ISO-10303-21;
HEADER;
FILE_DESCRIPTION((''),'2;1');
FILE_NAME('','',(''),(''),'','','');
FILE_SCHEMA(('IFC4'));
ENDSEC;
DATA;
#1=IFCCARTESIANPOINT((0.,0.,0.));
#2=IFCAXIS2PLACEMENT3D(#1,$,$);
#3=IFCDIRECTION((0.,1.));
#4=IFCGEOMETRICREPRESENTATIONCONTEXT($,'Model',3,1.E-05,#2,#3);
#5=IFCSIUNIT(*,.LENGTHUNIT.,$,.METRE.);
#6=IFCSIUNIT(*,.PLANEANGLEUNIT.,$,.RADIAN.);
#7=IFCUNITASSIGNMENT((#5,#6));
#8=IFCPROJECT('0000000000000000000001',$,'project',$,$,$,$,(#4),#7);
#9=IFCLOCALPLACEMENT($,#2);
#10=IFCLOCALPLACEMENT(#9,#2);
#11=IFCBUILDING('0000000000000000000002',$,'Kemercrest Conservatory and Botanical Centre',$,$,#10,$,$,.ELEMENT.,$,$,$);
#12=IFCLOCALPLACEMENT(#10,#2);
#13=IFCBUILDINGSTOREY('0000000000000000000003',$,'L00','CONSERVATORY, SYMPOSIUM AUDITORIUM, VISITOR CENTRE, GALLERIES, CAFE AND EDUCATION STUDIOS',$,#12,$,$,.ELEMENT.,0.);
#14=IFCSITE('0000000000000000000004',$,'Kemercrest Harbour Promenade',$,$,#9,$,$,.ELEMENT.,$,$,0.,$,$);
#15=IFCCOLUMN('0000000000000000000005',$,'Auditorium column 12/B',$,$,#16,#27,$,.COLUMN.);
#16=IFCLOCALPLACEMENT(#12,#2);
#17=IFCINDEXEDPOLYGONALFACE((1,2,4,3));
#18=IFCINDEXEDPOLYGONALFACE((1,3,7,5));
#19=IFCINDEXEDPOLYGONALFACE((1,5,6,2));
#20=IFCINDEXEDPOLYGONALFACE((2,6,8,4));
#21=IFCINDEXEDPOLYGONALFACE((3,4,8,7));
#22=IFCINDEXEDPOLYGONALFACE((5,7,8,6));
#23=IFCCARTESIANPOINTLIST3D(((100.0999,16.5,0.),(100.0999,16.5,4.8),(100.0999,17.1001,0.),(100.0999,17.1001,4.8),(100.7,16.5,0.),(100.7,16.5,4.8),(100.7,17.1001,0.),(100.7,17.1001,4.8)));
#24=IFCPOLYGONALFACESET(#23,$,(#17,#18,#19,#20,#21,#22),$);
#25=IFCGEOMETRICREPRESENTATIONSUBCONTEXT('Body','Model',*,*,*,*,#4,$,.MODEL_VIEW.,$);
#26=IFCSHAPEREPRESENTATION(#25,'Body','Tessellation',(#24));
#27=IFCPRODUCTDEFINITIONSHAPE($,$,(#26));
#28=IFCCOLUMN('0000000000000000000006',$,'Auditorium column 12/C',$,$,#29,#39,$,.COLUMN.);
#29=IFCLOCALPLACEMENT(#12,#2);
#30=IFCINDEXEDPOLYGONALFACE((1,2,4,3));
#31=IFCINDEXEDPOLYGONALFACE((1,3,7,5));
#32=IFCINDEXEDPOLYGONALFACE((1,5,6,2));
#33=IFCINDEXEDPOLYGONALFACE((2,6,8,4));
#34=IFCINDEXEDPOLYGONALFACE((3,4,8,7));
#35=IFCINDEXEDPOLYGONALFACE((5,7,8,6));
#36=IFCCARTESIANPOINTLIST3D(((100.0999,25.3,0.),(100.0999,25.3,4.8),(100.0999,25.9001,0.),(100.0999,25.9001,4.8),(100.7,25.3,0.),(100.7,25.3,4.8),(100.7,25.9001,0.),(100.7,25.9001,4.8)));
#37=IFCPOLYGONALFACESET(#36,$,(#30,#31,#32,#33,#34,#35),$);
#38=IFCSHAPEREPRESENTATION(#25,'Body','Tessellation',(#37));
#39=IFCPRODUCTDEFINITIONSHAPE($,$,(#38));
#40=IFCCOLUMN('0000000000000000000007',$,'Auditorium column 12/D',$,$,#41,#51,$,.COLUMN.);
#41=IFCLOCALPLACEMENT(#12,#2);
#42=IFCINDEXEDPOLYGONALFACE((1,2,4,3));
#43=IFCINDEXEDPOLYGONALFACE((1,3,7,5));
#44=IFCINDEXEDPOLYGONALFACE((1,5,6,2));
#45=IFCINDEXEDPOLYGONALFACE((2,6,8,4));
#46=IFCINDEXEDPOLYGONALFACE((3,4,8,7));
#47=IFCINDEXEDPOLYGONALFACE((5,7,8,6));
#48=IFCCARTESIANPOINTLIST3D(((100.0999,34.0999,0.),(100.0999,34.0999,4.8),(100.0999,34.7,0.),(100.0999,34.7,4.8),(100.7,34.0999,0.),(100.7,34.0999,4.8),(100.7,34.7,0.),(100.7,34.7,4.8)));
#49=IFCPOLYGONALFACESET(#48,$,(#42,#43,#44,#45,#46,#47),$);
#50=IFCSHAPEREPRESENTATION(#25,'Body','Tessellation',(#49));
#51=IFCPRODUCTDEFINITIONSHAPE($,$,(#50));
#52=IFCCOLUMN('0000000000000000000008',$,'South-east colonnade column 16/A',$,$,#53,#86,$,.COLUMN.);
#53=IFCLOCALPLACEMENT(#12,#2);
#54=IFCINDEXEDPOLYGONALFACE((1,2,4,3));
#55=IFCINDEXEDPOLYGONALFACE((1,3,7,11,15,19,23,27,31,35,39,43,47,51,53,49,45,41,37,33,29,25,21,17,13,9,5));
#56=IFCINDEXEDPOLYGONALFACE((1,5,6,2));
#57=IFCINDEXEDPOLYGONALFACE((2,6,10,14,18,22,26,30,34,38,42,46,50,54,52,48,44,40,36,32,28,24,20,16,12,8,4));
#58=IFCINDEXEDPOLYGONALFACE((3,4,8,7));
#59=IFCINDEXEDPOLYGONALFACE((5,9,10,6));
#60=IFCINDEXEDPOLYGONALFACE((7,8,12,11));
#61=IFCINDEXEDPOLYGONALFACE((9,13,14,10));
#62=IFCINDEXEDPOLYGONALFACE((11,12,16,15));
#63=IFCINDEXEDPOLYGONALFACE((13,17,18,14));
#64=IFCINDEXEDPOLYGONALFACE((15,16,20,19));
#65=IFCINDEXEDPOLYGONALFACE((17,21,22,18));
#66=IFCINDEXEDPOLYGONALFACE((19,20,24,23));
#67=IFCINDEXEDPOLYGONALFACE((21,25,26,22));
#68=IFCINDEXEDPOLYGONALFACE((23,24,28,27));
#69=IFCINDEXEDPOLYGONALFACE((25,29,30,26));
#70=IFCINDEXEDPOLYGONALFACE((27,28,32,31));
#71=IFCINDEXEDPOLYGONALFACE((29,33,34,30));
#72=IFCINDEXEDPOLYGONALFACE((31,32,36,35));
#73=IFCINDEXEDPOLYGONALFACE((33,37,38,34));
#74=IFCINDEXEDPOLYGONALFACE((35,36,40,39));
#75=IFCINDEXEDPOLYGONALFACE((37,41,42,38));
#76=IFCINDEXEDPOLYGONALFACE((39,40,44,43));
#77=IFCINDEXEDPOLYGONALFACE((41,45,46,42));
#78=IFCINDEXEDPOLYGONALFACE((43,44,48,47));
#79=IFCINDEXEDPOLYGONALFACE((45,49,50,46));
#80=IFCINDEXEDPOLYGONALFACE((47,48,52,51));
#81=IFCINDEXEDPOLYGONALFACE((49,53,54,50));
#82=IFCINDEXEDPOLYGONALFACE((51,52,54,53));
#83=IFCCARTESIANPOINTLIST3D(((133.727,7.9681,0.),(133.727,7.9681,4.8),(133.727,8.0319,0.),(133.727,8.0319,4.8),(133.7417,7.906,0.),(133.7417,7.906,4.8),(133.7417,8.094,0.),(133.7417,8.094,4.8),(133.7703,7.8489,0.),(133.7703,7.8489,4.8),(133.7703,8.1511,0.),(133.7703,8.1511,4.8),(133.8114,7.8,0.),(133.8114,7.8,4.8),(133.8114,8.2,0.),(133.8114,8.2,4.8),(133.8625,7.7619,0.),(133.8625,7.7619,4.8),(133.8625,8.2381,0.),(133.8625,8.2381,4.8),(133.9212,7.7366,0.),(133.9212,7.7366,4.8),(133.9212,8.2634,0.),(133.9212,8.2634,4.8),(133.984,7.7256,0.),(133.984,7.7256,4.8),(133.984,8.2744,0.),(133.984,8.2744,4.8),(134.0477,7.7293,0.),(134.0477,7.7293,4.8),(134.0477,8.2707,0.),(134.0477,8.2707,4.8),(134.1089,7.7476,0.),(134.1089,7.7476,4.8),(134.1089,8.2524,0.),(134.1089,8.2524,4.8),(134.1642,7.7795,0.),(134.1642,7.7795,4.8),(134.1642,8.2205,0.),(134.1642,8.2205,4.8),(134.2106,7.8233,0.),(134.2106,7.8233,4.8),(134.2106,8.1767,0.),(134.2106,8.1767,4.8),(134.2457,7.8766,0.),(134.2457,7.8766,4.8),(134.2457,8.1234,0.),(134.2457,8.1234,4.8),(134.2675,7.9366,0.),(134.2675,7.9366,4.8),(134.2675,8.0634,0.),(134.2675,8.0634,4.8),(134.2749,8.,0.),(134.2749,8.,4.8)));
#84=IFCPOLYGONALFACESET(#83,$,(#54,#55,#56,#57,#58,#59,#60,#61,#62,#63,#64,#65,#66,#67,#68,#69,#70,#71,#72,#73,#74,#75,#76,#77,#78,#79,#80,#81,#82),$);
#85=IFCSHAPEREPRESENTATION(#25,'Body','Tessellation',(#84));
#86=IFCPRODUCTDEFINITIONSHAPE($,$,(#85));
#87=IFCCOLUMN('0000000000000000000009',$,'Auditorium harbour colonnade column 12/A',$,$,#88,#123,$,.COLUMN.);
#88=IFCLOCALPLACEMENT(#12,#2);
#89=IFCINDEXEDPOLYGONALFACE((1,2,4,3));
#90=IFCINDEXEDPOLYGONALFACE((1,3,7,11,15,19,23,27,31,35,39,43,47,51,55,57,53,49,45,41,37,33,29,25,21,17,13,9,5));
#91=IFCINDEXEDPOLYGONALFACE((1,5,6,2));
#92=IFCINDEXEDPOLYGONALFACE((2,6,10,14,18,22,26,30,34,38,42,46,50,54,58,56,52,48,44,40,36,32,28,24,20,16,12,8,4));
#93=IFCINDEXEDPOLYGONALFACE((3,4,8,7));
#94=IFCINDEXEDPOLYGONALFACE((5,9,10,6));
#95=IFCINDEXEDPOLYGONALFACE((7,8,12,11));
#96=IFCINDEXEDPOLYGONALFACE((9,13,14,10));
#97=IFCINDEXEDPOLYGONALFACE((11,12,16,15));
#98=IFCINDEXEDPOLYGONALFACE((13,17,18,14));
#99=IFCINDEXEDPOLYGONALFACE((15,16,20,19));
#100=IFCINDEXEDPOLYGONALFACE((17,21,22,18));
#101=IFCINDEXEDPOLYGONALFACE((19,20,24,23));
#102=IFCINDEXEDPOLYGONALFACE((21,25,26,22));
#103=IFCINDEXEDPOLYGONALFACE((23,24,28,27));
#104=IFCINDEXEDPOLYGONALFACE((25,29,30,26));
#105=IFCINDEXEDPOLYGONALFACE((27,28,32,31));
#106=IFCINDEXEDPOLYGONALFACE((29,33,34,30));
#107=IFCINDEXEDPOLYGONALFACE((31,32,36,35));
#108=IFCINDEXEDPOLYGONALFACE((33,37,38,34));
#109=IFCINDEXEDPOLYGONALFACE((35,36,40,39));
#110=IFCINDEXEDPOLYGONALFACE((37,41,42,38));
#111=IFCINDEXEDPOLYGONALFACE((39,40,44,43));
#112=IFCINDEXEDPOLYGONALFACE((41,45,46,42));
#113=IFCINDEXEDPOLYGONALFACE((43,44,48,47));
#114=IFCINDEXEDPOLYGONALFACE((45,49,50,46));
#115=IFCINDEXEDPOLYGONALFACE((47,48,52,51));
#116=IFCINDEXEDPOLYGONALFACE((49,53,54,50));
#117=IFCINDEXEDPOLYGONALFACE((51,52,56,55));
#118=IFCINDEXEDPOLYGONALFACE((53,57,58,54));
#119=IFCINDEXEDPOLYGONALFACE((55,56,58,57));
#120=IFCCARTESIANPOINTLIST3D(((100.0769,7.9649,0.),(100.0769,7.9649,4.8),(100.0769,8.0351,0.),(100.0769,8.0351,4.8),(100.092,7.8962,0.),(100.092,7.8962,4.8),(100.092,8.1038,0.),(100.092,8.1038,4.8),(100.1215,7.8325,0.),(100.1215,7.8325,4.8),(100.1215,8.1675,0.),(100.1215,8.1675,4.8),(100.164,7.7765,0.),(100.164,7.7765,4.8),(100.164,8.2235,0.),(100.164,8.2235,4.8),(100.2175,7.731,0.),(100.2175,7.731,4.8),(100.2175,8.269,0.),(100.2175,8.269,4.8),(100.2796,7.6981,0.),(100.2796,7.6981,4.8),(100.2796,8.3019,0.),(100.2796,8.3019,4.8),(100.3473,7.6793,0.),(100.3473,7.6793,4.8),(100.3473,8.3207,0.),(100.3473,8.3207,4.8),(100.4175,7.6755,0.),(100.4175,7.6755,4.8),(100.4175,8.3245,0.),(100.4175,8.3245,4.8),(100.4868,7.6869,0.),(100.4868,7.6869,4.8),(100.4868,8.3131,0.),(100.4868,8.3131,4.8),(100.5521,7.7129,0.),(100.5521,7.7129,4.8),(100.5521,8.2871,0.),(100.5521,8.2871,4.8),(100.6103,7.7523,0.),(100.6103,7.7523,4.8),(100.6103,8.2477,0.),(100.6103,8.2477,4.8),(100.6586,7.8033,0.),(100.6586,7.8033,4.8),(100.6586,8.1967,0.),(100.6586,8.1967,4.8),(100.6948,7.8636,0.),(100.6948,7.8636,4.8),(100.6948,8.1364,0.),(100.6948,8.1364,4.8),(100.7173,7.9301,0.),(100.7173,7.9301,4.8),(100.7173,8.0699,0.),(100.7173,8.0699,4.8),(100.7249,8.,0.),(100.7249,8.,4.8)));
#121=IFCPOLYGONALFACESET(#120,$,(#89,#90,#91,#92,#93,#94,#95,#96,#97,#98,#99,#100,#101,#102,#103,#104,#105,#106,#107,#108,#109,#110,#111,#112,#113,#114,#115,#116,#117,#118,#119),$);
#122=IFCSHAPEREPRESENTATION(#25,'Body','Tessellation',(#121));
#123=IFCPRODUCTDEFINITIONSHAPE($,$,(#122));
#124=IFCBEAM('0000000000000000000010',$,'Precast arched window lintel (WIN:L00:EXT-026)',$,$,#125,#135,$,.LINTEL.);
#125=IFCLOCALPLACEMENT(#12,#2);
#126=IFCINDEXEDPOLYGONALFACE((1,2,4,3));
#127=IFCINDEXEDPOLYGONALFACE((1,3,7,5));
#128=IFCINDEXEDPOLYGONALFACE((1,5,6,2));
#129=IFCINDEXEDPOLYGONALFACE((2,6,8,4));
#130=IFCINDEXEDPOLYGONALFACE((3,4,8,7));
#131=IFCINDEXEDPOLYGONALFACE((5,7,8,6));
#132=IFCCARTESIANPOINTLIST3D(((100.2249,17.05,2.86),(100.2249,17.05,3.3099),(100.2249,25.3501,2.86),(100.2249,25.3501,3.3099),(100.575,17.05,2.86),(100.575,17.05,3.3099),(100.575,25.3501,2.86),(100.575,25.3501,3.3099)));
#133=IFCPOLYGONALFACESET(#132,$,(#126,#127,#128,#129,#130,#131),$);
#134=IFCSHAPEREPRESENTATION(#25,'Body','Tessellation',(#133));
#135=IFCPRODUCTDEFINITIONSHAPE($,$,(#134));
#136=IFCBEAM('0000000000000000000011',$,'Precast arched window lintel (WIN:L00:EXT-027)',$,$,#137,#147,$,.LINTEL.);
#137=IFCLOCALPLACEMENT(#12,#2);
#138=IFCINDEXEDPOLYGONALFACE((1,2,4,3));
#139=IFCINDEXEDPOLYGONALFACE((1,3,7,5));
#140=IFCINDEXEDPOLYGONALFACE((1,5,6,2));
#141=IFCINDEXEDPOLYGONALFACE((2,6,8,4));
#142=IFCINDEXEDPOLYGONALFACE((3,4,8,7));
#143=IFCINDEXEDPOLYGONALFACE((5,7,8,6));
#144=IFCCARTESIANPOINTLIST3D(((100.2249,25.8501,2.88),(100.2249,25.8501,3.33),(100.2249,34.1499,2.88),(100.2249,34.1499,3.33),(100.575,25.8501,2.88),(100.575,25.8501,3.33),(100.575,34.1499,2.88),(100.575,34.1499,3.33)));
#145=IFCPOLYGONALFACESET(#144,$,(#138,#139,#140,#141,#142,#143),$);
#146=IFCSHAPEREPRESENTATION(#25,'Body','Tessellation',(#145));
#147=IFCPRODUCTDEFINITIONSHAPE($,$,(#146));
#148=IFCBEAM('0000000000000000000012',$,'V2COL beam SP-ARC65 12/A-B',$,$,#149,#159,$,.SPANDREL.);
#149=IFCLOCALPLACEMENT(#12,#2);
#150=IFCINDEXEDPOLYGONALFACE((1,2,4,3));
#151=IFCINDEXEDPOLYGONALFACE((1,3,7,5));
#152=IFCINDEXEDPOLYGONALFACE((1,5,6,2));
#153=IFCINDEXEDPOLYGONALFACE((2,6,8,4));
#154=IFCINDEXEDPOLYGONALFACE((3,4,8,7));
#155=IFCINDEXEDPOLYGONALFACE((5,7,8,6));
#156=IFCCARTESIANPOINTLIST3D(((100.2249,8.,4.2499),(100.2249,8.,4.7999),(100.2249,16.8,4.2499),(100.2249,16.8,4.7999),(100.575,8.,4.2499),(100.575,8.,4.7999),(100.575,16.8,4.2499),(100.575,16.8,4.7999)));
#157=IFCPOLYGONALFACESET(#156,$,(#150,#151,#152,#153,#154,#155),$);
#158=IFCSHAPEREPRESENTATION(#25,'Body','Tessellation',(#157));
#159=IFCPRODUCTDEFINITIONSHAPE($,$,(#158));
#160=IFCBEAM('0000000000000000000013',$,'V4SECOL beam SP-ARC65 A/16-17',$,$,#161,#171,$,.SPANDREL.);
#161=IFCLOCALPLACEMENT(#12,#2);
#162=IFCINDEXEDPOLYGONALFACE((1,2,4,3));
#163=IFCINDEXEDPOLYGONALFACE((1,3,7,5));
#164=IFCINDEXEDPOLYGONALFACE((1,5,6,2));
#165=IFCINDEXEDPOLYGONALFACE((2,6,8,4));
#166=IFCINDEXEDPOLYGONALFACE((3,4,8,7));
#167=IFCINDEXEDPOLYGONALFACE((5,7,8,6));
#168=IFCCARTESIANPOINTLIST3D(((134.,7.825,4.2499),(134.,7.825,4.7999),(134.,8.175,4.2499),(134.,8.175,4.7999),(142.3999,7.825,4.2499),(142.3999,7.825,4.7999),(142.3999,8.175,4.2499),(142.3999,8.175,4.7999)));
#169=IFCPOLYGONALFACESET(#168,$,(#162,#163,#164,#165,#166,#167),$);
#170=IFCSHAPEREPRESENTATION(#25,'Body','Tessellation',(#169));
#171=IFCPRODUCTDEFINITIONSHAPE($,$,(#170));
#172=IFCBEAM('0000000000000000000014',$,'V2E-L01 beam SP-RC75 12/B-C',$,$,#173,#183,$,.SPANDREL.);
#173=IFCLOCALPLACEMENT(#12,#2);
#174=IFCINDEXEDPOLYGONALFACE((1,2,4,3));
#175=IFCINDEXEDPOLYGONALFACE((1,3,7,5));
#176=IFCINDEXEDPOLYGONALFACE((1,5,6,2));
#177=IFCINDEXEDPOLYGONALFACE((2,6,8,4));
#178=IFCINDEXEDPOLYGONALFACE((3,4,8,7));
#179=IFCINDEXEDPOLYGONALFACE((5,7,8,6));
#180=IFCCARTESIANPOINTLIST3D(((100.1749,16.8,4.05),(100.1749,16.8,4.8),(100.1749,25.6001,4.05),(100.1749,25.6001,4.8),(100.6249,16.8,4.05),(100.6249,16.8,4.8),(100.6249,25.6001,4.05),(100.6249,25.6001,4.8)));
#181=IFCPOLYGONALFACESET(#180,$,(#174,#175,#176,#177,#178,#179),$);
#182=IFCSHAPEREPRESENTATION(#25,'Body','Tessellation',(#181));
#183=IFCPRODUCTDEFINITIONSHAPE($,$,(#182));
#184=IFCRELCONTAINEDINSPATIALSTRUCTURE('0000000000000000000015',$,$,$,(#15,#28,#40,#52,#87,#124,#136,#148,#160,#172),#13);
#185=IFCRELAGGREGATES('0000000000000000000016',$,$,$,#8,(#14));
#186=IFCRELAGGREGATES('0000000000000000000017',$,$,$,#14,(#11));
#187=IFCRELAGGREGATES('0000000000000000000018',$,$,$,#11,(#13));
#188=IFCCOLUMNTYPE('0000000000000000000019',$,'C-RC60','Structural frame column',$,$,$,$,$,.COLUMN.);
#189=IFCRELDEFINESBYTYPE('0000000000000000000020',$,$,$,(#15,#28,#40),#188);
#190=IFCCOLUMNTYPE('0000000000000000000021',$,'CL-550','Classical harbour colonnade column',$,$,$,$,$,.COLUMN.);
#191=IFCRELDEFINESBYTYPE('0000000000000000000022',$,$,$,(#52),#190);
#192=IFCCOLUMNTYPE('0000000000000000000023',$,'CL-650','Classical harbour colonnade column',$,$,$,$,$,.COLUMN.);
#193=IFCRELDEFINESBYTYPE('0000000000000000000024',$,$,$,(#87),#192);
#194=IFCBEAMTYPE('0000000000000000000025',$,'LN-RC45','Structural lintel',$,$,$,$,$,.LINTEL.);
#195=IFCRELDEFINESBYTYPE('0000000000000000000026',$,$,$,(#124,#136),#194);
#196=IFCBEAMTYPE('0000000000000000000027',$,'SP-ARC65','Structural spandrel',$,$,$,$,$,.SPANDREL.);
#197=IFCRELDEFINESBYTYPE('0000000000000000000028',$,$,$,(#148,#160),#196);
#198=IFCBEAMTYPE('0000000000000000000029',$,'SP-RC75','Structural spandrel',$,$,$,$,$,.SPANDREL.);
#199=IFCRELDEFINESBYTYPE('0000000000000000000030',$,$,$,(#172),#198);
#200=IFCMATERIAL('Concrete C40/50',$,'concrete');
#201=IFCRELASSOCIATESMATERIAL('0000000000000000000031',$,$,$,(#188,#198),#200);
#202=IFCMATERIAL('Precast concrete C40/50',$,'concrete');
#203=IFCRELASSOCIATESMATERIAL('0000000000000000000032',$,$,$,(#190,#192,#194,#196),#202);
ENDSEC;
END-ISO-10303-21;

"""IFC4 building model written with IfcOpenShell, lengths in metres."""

from ifc_helpers import new_model, si_unit, direction, frame, origin, origin_2d, place, context, subcontext, project, spatial, rectangle, circle, extrude, material, material_profile, profile_set, type_object, element, save


model = new_model("IFC4")

# Units and contexts
model_context = context("Model", 3, precision=1e-05, world=origin(), true_north=direction((0.0, 1.0)))
body_context = subcontext(model_context, "Body", "Model", "MODEL_VIEW")
ifc_project = project(units=[si_unit("LENGTHUNIT", "METRE"), si_unit("PLANEANGLEUNIT", "RADIAN")], contexts=[model_context])

# Site, building, storey
site_placement = place(None, origin())
site = spatial("IfcSite", under=ifc_project, at=site_placement, Name="Kemercrest Harbour Promenade", CompositionType="ELEMENT", RefElevation=0.0)
building_placement = place(site_placement, origin())
building = spatial("IfcBuilding", under=site, at=building_placement, Name="Kemercrest Conservatory and Botanical Centre", CompositionType="ELEMENT")
storey_placement = place(building_placement, origin())
storey = spatial("IfcBuildingStorey", under=building, at=storey_placement, Name="L00", Description="CONSERVATORY, SYMPOSIUM AUDITORIUM, VISITOR CENTRE, GALLERIES, CAFE AND EDUCATION STUDIOS", CompositionType="ELEMENT", Elevation=0.0)

# Columns
ifc_material_1 = material(Name="Concrete C40/50", Category="concrete")
ifc_material_profile_1 = material_profile(ifc_material_1, rectangle(XDim=0.6001, YDim=0.6001, at=origin_2d()), Name="RC 600x600")
ifc_profile_set_1 = profile_set([ifc_material_profile_1], Name="Concrete C40/50")
column_type_1 = type_object("IfcColumnType", Name="C-RC60", Description="Structural frame column", PredefinedType="COLUMN", material=ifc_profile_set_1)
for number, where, z_axis, x_axis, name in (
    (1, (100.3999, 16.8, 0.0), (0.0, 0.0, 1.0), (1.0, 0.0, 0.0), "Auditorium column 12/B"),
    (2, (100.3999, 25.6001, 0.0), (0.0, 0.0, 1.0), (1.0, 0.0, 0.0), "Auditorium column 12/C"),
    (3, (100.3999, 34.3999, 0.0), (0.0, 0.0, 1.0), (1.0, 0.0, 0.0), "Auditorium column 12/D"),
):
    element("IfcColumn", number, at=place(storey_placement, frame(where, z_axis=z_axis, x_axis=x_axis)), inside=storey, type_object=column_type_1, Name=name, PredefinedType="COLUMN", context=body_context, shape_type="SweptSolid", body=[
        extrude(rectangle(XDim=0.6001, YDim=0.6001, at=origin_2d()), origin(), (0.0, 0.0, 1.0), 4.8),
    ])
ifc_material_2 = material(Name="Precast concrete C40/50", Category="concrete")
ifc_material_profile_2 = material_profile(ifc_material_2, circle(Radius=0.2749, at=origin_2d()), Name="COLONNADE D550")
ifc_profile_set_2 = profile_set([ifc_material_profile_2], Name="Precast concrete C40/50")
column_type_2 = type_object("IfcColumnType", Name="CL-550", Description="Classical harbour colonnade column", PredefinedType="COLUMN", material=ifc_profile_set_2)
column_1_placement = place(storey_placement, frame((134.0, 8.0, 0.0), z_axis=(0.0, 0.0, 1.0), x_axis=(1.0, 0.0, 0.0)))
element("IfcColumn", 4, at=column_1_placement, inside=storey, type_object=column_type_2, Name="South-east colonnade column 16/A", PredefinedType="COLUMN", context=body_context, shape_type="SweptSolid", body=[
    extrude(circle(Radius=0.2749, at=origin_2d()), origin(), (0.0, 0.0, 1.0), 4.8),
])
ifc_material_profile_3 = material_profile(ifc_material_2, circle(Radius=0.325, at=origin_2d()), Name="COLONNADE D650")
ifc_profile_set_3 = profile_set([ifc_material_profile_3], Name="Precast concrete C40/50")
column_type_3 = type_object("IfcColumnType", Name="CL-650", Description="Classical harbour colonnade column", PredefinedType="COLUMN", material=ifc_profile_set_3)
column_2_placement = place(storey_placement, frame((100.3999, 8.0, 0.0), z_axis=(0.0, 0.0, 1.0), x_axis=(1.0, 0.0, 0.0)))
element("IfcColumn", 5, at=column_2_placement, inside=storey, type_object=column_type_3, Name="Auditorium harbour colonnade column 12/A", PredefinedType="COLUMN", context=body_context, shape_type="SweptSolid", body=[
    extrude(circle(Radius=0.325, at=origin_2d()), origin(), (0.0, 0.0, 1.0), 4.8),
])

# Beams
ifc_material_profile_4 = material_profile(ifc_material_2, rectangle(XDim=0.3501, YDim=0.45, at=origin_2d()), Name="RC 350x450")
ifc_profile_set_4 = profile_set([ifc_material_profile_4], Name="Precast concrete C40/50")
beam_type_1 = type_object("IfcBeamType", Name="LN-RC45", Description="Structural lintel", PredefinedType="LINTEL", material=ifc_profile_set_4)
beam_1_placement = place(storey_placement, frame((100.3999, 17.05, 3.085), z_axis=(0.0, 1.0, 0.0), x_axis=(-1.0, 0.0, 0.0)))
element("IfcBeam", 6, at=beam_1_placement, inside=storey, type_object=beam_type_1, Name="Precast arched window lintel (WIN:L00:EXT-026)", PredefinedType="LINTEL", context=body_context, shape_type="SweptSolid", body=[
    extrude(rectangle(XDim=0.3501, YDim=0.45, at=origin_2d()), origin(), (0.0, 0.0, 1.0), 8.3),
])
beam_2_placement = place(storey_placement, frame((100.3999, 25.8501, 3.105), z_axis=(0.0, 1.0, 0.0), x_axis=(-1.0, 0.0, 0.0)))
element("IfcBeam", 7, at=beam_2_placement, inside=storey, type_object=beam_type_1, Name="Precast arched window lintel (WIN:L00:EXT-027)", PredefinedType="LINTEL", context=body_context, shape_type="SweptSolid", body=[
    extrude(rectangle(XDim=0.3501, YDim=0.45, at=origin_2d()), origin(), (0.0, 0.0, 1.0), 8.2998),
])
ifc_material_profile_5 = material_profile(ifc_material_2, rectangle(XDim=0.3501, YDim=0.55, at=origin_2d()), Name="RC 350x550")
ifc_profile_set_5 = profile_set([ifc_material_profile_5], Name="Precast concrete C40/50")
beam_type_2 = type_object("IfcBeamType", Name="SP-ARC65", Description="Structural spandrel", PredefinedType="SPANDREL", material=ifc_profile_set_5)
beam_3_placement = place(storey_placement, frame((100.3999, 8.0, 4.5249), z_axis=(0.0, 1.0, 0.0), x_axis=(-1.0, 0.0, 0.0)))
element("IfcBeam", 8, at=beam_3_placement, inside=storey, type_object=beam_type_2, Name="V2COL beam SP-ARC65 12/A-B", PredefinedType="SPANDREL", context=body_context, shape_type="SweptSolid", body=[
    extrude(rectangle(XDim=0.3501, YDim=0.55, at=origin_2d()), origin(), (0.0, 0.0, 1.0), 8.8),
])
beam_4_placement = place(storey_placement, frame((134.0, 8.0, 4.5249), z_axis=(1.0, 0.0, 0.0), x_axis=(0.0, 1.0, 0.0)))
element("IfcBeam", 9, at=beam_4_placement, inside=storey, type_object=beam_type_2, Name="V4SECOL beam SP-ARC65 A/16-17", PredefinedType="SPANDREL", context=body_context, shape_type="SweptSolid", body=[
    extrude(rectangle(XDim=0.3501, YDim=0.55, at=origin_2d()), origin(), (0.0, 0.0, 1.0), 8.3999),
])
ifc_material_profile_6 = material_profile(ifc_material_1, rectangle(XDim=0.45, YDim=0.75, at=origin_2d()), Name="RC 450x750")
ifc_profile_set_6 = profile_set([ifc_material_profile_6], Name="Concrete C40/50")
beam_type_3 = type_object("IfcBeamType", Name="SP-RC75", Description="Structural spandrel", PredefinedType="SPANDREL", material=ifc_profile_set_6)
beam_5_placement = place(storey_placement, frame((100.3999, 16.8, 4.425), z_axis=(0.0, 1.0, 0.0), x_axis=(-1.0, 0.0, 0.0)))
element("IfcBeam", 10, at=beam_5_placement, inside=storey, type_object=beam_type_3, Name="V2E-L01 beam SP-RC75 12/B-C", PredefinedType="SPANDREL", context=body_context, shape_type="SweptSolid", body=[
    extrude(rectangle(XDim=0.45, YDim=0.75, at=origin_2d()), origin(), (0.0, 0.0, 1.0), 8.8),
])

save(model, "model.ifc")
